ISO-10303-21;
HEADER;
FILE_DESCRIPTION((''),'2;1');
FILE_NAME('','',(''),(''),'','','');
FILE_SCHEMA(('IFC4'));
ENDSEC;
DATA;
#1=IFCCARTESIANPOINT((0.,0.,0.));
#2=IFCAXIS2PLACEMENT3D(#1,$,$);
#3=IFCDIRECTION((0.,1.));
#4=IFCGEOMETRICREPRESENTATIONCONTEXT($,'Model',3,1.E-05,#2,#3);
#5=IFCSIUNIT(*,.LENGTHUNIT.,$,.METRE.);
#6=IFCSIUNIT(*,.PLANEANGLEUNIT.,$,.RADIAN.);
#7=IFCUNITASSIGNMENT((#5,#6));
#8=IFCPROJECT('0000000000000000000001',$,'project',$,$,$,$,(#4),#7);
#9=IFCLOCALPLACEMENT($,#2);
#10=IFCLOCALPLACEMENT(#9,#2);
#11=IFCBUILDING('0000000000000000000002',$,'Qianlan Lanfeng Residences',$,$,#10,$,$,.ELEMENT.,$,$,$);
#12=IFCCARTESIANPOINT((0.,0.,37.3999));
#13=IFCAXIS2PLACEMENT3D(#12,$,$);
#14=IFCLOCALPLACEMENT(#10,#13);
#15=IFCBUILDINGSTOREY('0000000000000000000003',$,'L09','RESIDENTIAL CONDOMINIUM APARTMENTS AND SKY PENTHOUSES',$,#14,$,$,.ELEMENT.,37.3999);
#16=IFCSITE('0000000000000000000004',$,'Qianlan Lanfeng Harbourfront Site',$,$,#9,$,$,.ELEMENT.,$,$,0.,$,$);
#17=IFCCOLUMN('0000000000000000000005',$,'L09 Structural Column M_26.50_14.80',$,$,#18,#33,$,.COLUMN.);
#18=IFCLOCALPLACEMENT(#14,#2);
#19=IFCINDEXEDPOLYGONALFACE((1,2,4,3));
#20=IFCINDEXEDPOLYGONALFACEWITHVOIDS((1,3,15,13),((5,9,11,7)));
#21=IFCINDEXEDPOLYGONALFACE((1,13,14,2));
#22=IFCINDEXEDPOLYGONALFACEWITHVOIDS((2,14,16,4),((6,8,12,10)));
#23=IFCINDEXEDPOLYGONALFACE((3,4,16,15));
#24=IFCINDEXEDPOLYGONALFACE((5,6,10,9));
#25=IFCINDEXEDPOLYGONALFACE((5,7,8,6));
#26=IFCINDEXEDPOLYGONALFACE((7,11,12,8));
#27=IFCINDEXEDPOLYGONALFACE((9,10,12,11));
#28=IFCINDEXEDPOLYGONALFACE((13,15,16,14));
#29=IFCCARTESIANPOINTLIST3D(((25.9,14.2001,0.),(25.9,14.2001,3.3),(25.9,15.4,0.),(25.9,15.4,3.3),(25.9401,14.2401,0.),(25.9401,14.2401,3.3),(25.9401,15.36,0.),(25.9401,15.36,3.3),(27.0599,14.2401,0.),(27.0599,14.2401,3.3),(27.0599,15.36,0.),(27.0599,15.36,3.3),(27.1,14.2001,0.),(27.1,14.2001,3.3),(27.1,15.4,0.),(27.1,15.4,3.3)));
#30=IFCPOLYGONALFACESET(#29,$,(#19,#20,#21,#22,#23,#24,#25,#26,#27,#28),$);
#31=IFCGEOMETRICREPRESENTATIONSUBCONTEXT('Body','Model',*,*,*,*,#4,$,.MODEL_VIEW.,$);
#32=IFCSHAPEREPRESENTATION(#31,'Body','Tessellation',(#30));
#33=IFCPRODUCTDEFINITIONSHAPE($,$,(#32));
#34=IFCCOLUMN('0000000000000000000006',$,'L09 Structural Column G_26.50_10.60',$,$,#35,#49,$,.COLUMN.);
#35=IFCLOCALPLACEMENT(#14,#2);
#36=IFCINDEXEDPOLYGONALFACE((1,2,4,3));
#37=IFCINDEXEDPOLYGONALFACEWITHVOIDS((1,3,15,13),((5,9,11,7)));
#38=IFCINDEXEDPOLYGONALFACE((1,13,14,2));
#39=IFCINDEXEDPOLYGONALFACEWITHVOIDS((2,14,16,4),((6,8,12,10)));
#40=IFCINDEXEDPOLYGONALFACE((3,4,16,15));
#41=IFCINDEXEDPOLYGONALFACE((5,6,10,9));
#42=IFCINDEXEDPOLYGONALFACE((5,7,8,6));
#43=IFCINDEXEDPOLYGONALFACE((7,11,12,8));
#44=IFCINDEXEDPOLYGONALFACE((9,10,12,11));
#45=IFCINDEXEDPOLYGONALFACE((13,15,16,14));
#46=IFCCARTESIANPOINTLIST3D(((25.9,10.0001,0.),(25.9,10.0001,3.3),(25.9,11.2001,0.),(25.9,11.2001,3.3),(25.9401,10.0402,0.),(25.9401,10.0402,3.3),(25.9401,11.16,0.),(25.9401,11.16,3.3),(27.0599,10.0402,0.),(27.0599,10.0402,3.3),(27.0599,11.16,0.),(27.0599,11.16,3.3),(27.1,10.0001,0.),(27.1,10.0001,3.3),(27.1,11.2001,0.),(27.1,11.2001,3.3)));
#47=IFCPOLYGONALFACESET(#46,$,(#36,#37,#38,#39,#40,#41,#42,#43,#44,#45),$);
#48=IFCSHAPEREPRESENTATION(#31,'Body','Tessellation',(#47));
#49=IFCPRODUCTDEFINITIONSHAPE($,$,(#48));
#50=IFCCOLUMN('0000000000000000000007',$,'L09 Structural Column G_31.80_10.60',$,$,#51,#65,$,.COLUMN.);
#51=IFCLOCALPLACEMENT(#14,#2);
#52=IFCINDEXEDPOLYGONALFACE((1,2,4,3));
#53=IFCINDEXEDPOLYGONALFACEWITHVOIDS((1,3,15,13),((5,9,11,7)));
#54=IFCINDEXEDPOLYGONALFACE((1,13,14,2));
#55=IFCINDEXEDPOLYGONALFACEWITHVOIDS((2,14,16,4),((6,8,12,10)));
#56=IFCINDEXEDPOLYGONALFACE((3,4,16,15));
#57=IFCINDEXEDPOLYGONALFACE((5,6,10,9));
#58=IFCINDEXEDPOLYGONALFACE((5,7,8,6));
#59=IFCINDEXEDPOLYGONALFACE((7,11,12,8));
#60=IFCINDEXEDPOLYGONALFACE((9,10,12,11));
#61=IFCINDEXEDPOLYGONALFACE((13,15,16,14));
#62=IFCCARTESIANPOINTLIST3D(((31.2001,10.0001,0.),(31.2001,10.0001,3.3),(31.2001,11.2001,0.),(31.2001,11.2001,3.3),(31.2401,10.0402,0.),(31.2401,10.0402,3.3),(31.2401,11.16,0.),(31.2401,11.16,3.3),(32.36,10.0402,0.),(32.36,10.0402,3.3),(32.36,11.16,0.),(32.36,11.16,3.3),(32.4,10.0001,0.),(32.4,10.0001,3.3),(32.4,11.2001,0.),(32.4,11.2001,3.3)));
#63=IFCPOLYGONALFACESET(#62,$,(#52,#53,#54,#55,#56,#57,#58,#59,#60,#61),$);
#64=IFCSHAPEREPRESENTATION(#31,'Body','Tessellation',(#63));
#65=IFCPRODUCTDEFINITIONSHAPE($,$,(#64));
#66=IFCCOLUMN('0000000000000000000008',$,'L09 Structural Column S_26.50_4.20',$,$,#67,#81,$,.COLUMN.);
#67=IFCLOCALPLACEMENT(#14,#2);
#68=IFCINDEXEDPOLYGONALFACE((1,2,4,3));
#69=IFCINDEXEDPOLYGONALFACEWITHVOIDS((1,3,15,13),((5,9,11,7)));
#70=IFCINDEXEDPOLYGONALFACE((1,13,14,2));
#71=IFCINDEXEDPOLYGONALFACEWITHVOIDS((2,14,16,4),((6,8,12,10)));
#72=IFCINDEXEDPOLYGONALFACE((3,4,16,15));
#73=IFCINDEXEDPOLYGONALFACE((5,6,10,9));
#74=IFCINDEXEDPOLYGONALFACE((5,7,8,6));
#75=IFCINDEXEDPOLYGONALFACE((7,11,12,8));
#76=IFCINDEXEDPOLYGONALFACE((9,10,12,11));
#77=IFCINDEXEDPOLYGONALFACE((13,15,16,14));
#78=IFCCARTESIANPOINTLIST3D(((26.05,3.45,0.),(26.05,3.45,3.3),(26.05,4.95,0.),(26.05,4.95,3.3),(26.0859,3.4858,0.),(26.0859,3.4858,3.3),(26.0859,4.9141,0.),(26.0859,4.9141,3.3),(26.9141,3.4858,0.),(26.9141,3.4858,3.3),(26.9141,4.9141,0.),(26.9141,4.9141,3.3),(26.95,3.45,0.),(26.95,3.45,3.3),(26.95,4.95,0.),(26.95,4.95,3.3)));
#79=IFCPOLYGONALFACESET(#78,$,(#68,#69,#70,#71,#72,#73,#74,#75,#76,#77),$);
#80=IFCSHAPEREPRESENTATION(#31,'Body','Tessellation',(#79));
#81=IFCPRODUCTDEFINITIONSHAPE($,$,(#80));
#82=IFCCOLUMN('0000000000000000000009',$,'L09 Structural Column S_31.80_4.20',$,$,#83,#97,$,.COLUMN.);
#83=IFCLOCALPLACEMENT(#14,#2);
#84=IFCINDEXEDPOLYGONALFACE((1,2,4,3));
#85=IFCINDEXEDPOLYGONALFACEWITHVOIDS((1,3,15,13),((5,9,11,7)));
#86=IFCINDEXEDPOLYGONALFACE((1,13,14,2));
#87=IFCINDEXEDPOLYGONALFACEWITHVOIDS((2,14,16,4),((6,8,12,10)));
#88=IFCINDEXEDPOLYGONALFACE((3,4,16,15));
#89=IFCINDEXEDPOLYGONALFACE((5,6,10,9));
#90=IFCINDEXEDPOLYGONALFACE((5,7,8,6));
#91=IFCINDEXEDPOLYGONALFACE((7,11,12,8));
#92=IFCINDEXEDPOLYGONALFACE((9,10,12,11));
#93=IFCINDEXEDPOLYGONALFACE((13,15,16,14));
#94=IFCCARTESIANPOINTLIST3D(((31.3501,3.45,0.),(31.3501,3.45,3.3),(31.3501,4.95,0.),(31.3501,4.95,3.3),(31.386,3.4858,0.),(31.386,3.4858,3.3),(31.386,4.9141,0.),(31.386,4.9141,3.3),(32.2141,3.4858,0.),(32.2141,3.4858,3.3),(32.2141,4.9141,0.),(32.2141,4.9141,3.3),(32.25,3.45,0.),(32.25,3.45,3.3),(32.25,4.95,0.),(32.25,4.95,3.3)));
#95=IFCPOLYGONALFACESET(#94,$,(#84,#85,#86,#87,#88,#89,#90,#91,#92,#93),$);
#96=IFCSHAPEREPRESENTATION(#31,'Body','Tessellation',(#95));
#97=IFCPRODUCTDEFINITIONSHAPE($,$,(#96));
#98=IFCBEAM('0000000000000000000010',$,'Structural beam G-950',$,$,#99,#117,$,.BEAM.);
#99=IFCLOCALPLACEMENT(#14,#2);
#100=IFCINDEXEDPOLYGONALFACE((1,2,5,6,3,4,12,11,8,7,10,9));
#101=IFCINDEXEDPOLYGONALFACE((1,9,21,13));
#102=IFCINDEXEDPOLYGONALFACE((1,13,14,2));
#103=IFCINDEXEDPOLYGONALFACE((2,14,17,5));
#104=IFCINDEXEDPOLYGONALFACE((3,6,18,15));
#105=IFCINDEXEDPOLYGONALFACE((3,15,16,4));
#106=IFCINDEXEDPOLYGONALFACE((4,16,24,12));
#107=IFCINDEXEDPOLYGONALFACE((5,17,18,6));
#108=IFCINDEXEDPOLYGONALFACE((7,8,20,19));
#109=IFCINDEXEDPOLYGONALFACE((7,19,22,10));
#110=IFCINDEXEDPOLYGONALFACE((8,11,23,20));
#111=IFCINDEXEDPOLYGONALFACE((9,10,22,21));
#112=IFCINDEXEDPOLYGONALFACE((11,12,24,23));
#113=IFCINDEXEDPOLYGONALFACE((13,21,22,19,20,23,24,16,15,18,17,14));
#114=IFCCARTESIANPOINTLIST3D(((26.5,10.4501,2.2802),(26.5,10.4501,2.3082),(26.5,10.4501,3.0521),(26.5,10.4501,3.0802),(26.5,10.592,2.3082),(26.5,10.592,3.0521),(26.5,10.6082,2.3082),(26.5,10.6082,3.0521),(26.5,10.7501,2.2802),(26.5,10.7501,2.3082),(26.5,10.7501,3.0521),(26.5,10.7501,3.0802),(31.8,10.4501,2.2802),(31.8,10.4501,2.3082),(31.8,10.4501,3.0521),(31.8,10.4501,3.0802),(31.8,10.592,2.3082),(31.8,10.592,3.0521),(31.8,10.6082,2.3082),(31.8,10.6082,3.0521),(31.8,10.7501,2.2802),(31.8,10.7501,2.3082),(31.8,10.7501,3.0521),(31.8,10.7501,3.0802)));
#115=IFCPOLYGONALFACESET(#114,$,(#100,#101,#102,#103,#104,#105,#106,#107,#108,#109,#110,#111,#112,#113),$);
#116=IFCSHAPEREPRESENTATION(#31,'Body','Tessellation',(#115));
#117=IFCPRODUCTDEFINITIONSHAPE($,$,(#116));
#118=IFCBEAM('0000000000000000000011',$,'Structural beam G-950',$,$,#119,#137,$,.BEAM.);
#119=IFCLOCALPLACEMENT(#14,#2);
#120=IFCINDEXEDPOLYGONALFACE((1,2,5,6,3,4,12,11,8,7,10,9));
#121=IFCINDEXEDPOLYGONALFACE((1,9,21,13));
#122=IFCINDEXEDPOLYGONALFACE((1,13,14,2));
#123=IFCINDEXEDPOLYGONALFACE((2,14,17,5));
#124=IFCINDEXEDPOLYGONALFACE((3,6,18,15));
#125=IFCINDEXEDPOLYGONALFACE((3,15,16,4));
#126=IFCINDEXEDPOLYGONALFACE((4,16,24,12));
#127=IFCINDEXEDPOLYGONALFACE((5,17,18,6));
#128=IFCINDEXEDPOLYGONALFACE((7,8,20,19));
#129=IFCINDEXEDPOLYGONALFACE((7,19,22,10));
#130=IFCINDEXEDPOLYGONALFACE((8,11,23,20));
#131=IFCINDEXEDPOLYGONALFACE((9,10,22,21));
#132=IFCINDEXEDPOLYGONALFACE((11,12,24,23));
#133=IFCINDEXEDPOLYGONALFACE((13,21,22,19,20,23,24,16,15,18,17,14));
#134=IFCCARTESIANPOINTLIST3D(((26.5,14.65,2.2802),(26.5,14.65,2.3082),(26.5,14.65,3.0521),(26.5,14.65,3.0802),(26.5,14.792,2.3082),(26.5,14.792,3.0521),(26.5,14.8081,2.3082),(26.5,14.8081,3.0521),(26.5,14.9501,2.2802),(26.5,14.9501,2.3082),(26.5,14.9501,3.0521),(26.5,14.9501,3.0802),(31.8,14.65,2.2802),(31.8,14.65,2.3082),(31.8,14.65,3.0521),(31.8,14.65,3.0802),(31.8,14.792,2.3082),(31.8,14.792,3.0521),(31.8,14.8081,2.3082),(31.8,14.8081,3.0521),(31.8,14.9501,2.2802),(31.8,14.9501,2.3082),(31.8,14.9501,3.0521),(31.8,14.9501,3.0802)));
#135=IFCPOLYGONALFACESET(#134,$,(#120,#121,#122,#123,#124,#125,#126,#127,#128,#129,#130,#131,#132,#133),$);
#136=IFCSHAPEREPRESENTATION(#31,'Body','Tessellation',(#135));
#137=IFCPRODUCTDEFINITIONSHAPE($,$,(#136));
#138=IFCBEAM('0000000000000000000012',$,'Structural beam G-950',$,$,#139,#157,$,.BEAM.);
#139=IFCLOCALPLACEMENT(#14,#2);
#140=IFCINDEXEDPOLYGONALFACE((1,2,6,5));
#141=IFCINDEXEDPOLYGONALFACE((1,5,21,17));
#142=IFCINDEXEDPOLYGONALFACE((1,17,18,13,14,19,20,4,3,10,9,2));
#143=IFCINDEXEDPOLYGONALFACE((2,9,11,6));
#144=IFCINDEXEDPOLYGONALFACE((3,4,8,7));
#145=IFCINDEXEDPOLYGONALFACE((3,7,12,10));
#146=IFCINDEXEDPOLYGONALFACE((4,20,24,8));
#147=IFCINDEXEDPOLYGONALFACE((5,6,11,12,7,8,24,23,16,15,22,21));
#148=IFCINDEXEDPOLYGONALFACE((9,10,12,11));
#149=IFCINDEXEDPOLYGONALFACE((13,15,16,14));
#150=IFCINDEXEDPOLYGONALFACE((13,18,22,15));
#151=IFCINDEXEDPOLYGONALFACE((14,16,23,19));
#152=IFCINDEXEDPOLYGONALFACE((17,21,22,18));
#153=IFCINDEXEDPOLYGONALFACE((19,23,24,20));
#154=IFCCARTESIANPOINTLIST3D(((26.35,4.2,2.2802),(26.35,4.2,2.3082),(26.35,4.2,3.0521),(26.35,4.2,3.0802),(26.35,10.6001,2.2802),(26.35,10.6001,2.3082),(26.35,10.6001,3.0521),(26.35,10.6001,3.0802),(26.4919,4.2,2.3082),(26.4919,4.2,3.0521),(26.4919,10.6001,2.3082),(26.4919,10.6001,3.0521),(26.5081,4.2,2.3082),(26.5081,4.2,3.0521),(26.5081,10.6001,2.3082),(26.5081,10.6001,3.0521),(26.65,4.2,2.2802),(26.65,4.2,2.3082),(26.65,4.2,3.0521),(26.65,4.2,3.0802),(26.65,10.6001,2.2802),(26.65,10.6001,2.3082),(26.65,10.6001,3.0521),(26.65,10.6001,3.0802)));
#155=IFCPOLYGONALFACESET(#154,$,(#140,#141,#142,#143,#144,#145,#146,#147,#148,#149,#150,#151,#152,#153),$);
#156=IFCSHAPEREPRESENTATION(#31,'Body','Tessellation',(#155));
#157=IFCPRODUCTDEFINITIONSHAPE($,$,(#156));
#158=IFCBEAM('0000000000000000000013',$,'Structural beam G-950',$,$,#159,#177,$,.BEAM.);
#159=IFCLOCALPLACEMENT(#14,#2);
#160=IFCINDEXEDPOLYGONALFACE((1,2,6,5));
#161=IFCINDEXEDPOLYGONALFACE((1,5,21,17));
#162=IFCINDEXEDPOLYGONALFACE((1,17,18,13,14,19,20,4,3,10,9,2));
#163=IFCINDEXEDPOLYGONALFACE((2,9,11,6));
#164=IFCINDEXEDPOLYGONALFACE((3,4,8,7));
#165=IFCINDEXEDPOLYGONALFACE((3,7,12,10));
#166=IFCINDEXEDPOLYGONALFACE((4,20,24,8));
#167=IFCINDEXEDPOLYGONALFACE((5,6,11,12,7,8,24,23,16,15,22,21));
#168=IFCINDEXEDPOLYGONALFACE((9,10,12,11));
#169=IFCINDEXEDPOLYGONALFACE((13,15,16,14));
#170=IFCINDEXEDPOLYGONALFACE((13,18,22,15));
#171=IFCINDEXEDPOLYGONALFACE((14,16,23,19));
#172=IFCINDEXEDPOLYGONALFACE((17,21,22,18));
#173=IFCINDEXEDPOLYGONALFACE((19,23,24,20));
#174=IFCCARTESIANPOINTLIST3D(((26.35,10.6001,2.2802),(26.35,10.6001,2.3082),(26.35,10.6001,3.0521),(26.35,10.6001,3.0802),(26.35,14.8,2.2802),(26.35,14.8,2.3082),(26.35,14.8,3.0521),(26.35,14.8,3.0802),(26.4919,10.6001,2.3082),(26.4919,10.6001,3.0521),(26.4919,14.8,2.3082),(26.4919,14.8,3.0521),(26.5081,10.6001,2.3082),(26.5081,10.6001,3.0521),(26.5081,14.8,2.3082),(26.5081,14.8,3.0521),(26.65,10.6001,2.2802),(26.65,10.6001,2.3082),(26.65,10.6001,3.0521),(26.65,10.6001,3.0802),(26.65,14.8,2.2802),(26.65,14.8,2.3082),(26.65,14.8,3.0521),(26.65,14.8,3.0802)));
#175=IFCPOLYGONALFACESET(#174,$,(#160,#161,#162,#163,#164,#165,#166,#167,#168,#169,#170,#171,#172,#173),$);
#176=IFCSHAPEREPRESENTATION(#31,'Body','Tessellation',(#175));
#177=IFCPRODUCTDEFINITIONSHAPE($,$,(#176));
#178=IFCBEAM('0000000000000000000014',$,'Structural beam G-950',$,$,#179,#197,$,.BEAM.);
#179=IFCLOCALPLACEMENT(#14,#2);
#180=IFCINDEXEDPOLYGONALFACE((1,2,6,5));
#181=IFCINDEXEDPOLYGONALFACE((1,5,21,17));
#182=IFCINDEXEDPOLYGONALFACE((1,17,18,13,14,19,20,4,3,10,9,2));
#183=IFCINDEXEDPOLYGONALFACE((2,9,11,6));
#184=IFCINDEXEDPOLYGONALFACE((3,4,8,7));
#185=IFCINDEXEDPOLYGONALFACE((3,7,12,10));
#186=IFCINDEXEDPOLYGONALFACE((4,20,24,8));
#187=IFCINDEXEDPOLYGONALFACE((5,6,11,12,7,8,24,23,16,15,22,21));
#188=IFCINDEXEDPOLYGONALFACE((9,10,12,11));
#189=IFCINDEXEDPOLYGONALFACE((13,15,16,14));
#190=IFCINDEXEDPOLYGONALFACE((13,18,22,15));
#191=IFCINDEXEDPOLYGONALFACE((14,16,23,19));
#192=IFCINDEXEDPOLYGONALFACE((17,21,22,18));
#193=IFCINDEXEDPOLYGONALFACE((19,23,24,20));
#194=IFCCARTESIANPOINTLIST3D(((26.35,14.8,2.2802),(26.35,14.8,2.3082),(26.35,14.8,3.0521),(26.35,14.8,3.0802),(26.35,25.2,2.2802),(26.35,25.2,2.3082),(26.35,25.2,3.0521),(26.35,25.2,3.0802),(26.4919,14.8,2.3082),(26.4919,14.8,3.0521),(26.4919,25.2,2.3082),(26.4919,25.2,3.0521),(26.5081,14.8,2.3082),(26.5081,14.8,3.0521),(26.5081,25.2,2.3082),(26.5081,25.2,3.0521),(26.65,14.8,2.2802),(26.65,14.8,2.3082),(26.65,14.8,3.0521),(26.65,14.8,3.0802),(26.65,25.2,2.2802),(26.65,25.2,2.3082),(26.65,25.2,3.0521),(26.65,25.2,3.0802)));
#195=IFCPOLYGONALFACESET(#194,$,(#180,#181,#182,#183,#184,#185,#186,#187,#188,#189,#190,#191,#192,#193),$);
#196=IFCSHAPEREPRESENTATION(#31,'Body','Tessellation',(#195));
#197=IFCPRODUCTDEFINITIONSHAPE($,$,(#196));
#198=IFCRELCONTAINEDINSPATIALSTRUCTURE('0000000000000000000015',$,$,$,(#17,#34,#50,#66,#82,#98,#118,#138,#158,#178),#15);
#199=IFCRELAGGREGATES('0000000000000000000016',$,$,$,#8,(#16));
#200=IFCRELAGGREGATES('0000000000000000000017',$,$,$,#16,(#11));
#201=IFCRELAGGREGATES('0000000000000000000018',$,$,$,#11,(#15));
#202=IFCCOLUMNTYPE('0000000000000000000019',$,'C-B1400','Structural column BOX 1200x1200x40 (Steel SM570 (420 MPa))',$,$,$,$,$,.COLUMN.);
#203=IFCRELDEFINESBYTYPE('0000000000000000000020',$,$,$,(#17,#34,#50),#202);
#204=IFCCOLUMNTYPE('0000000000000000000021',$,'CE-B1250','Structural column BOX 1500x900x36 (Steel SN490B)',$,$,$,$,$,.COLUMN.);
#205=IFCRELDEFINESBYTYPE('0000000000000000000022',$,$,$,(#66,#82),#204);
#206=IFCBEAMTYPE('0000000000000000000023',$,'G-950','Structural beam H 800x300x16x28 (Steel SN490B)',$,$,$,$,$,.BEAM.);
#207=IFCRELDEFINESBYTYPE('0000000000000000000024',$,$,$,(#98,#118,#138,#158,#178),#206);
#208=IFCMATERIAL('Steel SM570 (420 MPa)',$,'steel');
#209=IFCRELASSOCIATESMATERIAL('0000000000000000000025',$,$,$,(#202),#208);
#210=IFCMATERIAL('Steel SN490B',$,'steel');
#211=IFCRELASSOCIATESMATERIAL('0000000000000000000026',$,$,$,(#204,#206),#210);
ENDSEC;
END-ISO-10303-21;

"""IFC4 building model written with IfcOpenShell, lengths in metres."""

from ifc_helpers import new_model, si_unit, direction, frame, origin, origin_2d, place, context, subcontext, project, spatial, hollow_rectangle, i_section, extrude, material, material_profile, profile_set, type_object, element, save


model = new_model("IFC4")

# Units and contexts
model_context = context("Model", 3, precision=1e-05, world=origin(), true_north=direction((0.0, 1.0)))
body_context = subcontext(model_context, "Body", "Model", "MODEL_VIEW")
ifc_project = project(units=[si_unit("LENGTHUNIT", "METRE"), si_unit("PLANEANGLEUNIT", "RADIAN")], contexts=[model_context])

# Site, building, storey
site_placement = place(None, origin())
site = spatial("IfcSite", under=ifc_project, at=site_placement, Name="Qianlan Lanfeng Harbourfront Site", CompositionType="ELEMENT", RefElevation=0.0)
building_placement = place(site_placement, origin())
building = spatial("IfcBuilding", under=site, at=building_placement, Name="Qianlan Lanfeng Residences", CompositionType="ELEMENT")
storey_placement = place(building_placement, frame((0.0, 0.0, 37.3999)))
storey = spatial("IfcBuildingStorey", under=building, at=storey_placement, Name="L09", Description="RESIDENTIAL CONDOMINIUM APARTMENTS AND SKY PENTHOUSES", CompositionType="ELEMENT", Elevation=37.3999)

# Columns
ifc_material_1 = material(Name="Steel SM570 (420 MPa)", Category="steel")
ifc_material_profile_1 = material_profile(ifc_material_1, hollow_rectangle(XDim=1.2, YDim=1.2, WallThickness=0.04, at=origin_2d()), Name="BOX 1200x1200x40")
ifc_profile_set_1 = profile_set([ifc_material_profile_1], Name="Steel SM570 (420 MPa)")
column_type_1 = type_object("IfcColumnType", Name="C-B1400", Description="Structural column BOX 1200x1200x40 (Steel SM570 (420 MPa))", PredefinedType="COLUMN", material=ifc_profile_set_1)
for number, where, z_axis, x_axis, name in (
    (1, (26.5, 14.8, 0.0), (0.0, 0.0, 1.0), (1.0, 0.0, 0.0), "L09 Structural Column M_26.50_14.80"),
    (2, (26.5, 10.6001, 0.0), (0.0, 0.0, 1.0), (1.0, 0.0, 0.0), "L09 Structural Column G_26.50_10.60"),
    (3, (31.8, 10.6001, 0.0), (0.0, 0.0, 1.0), (1.0, 0.0, 0.0), "L09 Structural Column G_31.80_10.60"),
):
    element("IfcColumn", number, at=place(storey_placement, frame(where, z_axis=z_axis, x_axis=x_axis)), inside=storey, type_object=column_type_1, Name=name, PredefinedType="COLUMN", context=body_context, shape_type="SweptSolid", body=[
        extrude(hollow_rectangle(XDim=1.2, YDim=1.2, WallThickness=0.04, at=origin_2d()), origin(), (0.0, 0.0, 1.0), 3.3),
    ])
ifc_material_2 = material(Name="Steel SN490B", Category="steel")
ifc_material_profile_2 = material_profile(ifc_material_2, hollow_rectangle(XDim=0.8999, YDim=1.5, WallThickness=0.0359, at=origin_2d()), Name="BOX 1500x900x36")
ifc_profile_set_2 = profile_set([ifc_material_profile_2], Name="Steel SN490B")
column_type_2 = type_object("IfcColumnType", Name="CE-B1250", Description="Structural column BOX 1500x900x36 (Steel SN490B)", PredefinedType="COLUMN", material=ifc_profile_set_2)
for number, where, z_axis, x_axis, name in (
    (4, (26.5, 4.2, 0.0), (0.0, 0.0, 1.0), (1.0, 0.0, 0.0), "L09 Structural Column S_26.50_4.20"),
    (5, (31.8, 4.2, 0.0), (0.0, 0.0, 1.0), (1.0, 0.0, 0.0), "L09 Structural Column S_31.80_4.20"),
):
    element("IfcColumn", number, at=place(storey_placement, frame(where, z_axis=z_axis, x_axis=x_axis)), inside=storey, type_object=column_type_2, Name=name, PredefinedType="COLUMN", context=body_context, shape_type="SweptSolid", body=[
        extrude(hollow_rectangle(XDim=0.8999, YDim=1.5, WallThickness=0.0359, at=origin_2d()), origin(), (0.0, 0.0, 1.0), 3.3),
    ])

# Beams
ifc_material_profile_3 = material_profile(ifc_material_2, i_section(OverallWidth=0.3, OverallDepth=0.8, WebThickness=0.0161, FlangeThickness=0.0281, at=origin_2d()), Name="H 800x300x16x28")
ifc_profile_set_3 = profile_set([ifc_material_profile_3], Name="Steel SN490B")
beam_type_1 = type_object("IfcBeamType", Name="G-950", Description="Structural beam H 800x300x16x28 (Steel SN490B)", PredefinedType="BEAM", material=ifc_profile_set_3)
for number, where, z_axis, x_axis, name in (
    (6, (26.5, 10.6001, 2.6802), (1.0, 0.0, 0.0), (0.0, 1.0, 0.0), "Structural beam G-950"),
    (7, (26.5, 14.8, 2.6802), (1.0, 0.0, 0.0), (0.0, 1.0, 0.0), "Structural beam G-950"),
):
    element("IfcBeam", number, at=place(storey_placement, frame(where, z_axis=z_axis, x_axis=x_axis)), inside=storey, type_object=beam_type_1, Name=name, PredefinedType="BEAM", context=body_context, shape_type="SweptSolid", body=[
        extrude(i_section(OverallWidth=0.3, OverallDepth=0.8, WebThickness=0.0161, FlangeThickness=0.0281, at=origin_2d()), origin(), (0.0, 0.0, 1.0), 5.3),
    ])
beam_1_placement = place(storey_placement, frame((26.5, 4.2, 2.6802), z_axis=(0.0, 1.0, 0.0), x_axis=(-1.0, 0.0, 0.0)))
element("IfcBeam", 8, at=beam_1_placement, inside=storey, type_object=beam_type_1, Name="Structural beam G-950", PredefinedType="BEAM", context=body_context, shape_type="SweptSolid", body=[
    extrude(i_section(OverallWidth=0.3, OverallDepth=0.8, WebThickness=0.0161, FlangeThickness=0.0281, at=origin_2d()), origin(), (0.0, 0.0, 1.0), 6.4001),
])
beam_2_placement = place(storey_placement, frame((26.5, 10.6001, 2.6802), z_axis=(0.0, 1.0, 0.0), x_axis=(-1.0, 0.0, 0.0)))
element("IfcBeam", 9, at=beam_2_placement, inside=storey, type_object=beam_type_1, Name="Structural beam G-950", PredefinedType="BEAM", context=body_context, shape_type="SweptSolid", body=[
    extrude(i_section(OverallWidth=0.3, OverallDepth=0.8, WebThickness=0.0161, FlangeThickness=0.0281, at=origin_2d()), origin(), (0.0, 0.0, 1.0), 4.2),
])
beam_3_placement = place(storey_placement, frame((26.5, 14.8, 2.6802), z_axis=(0.0, 1.0, 0.0), x_axis=(-1.0, 0.0, 0.0)))
element("IfcBeam", 10, at=beam_3_placement, inside=storey, type_object=beam_type_1, Name="Structural beam G-950", PredefinedType="BEAM", context=body_context, shape_type="SweptSolid", body=[
    extrude(i_section(OverallWidth=0.3, OverallDepth=0.8, WebThickness=0.0161, FlangeThickness=0.0281, at=origin_2d()), origin(), (0.0, 0.0, 1.0), 10.3999),
])

save(model, "model.ifc")
